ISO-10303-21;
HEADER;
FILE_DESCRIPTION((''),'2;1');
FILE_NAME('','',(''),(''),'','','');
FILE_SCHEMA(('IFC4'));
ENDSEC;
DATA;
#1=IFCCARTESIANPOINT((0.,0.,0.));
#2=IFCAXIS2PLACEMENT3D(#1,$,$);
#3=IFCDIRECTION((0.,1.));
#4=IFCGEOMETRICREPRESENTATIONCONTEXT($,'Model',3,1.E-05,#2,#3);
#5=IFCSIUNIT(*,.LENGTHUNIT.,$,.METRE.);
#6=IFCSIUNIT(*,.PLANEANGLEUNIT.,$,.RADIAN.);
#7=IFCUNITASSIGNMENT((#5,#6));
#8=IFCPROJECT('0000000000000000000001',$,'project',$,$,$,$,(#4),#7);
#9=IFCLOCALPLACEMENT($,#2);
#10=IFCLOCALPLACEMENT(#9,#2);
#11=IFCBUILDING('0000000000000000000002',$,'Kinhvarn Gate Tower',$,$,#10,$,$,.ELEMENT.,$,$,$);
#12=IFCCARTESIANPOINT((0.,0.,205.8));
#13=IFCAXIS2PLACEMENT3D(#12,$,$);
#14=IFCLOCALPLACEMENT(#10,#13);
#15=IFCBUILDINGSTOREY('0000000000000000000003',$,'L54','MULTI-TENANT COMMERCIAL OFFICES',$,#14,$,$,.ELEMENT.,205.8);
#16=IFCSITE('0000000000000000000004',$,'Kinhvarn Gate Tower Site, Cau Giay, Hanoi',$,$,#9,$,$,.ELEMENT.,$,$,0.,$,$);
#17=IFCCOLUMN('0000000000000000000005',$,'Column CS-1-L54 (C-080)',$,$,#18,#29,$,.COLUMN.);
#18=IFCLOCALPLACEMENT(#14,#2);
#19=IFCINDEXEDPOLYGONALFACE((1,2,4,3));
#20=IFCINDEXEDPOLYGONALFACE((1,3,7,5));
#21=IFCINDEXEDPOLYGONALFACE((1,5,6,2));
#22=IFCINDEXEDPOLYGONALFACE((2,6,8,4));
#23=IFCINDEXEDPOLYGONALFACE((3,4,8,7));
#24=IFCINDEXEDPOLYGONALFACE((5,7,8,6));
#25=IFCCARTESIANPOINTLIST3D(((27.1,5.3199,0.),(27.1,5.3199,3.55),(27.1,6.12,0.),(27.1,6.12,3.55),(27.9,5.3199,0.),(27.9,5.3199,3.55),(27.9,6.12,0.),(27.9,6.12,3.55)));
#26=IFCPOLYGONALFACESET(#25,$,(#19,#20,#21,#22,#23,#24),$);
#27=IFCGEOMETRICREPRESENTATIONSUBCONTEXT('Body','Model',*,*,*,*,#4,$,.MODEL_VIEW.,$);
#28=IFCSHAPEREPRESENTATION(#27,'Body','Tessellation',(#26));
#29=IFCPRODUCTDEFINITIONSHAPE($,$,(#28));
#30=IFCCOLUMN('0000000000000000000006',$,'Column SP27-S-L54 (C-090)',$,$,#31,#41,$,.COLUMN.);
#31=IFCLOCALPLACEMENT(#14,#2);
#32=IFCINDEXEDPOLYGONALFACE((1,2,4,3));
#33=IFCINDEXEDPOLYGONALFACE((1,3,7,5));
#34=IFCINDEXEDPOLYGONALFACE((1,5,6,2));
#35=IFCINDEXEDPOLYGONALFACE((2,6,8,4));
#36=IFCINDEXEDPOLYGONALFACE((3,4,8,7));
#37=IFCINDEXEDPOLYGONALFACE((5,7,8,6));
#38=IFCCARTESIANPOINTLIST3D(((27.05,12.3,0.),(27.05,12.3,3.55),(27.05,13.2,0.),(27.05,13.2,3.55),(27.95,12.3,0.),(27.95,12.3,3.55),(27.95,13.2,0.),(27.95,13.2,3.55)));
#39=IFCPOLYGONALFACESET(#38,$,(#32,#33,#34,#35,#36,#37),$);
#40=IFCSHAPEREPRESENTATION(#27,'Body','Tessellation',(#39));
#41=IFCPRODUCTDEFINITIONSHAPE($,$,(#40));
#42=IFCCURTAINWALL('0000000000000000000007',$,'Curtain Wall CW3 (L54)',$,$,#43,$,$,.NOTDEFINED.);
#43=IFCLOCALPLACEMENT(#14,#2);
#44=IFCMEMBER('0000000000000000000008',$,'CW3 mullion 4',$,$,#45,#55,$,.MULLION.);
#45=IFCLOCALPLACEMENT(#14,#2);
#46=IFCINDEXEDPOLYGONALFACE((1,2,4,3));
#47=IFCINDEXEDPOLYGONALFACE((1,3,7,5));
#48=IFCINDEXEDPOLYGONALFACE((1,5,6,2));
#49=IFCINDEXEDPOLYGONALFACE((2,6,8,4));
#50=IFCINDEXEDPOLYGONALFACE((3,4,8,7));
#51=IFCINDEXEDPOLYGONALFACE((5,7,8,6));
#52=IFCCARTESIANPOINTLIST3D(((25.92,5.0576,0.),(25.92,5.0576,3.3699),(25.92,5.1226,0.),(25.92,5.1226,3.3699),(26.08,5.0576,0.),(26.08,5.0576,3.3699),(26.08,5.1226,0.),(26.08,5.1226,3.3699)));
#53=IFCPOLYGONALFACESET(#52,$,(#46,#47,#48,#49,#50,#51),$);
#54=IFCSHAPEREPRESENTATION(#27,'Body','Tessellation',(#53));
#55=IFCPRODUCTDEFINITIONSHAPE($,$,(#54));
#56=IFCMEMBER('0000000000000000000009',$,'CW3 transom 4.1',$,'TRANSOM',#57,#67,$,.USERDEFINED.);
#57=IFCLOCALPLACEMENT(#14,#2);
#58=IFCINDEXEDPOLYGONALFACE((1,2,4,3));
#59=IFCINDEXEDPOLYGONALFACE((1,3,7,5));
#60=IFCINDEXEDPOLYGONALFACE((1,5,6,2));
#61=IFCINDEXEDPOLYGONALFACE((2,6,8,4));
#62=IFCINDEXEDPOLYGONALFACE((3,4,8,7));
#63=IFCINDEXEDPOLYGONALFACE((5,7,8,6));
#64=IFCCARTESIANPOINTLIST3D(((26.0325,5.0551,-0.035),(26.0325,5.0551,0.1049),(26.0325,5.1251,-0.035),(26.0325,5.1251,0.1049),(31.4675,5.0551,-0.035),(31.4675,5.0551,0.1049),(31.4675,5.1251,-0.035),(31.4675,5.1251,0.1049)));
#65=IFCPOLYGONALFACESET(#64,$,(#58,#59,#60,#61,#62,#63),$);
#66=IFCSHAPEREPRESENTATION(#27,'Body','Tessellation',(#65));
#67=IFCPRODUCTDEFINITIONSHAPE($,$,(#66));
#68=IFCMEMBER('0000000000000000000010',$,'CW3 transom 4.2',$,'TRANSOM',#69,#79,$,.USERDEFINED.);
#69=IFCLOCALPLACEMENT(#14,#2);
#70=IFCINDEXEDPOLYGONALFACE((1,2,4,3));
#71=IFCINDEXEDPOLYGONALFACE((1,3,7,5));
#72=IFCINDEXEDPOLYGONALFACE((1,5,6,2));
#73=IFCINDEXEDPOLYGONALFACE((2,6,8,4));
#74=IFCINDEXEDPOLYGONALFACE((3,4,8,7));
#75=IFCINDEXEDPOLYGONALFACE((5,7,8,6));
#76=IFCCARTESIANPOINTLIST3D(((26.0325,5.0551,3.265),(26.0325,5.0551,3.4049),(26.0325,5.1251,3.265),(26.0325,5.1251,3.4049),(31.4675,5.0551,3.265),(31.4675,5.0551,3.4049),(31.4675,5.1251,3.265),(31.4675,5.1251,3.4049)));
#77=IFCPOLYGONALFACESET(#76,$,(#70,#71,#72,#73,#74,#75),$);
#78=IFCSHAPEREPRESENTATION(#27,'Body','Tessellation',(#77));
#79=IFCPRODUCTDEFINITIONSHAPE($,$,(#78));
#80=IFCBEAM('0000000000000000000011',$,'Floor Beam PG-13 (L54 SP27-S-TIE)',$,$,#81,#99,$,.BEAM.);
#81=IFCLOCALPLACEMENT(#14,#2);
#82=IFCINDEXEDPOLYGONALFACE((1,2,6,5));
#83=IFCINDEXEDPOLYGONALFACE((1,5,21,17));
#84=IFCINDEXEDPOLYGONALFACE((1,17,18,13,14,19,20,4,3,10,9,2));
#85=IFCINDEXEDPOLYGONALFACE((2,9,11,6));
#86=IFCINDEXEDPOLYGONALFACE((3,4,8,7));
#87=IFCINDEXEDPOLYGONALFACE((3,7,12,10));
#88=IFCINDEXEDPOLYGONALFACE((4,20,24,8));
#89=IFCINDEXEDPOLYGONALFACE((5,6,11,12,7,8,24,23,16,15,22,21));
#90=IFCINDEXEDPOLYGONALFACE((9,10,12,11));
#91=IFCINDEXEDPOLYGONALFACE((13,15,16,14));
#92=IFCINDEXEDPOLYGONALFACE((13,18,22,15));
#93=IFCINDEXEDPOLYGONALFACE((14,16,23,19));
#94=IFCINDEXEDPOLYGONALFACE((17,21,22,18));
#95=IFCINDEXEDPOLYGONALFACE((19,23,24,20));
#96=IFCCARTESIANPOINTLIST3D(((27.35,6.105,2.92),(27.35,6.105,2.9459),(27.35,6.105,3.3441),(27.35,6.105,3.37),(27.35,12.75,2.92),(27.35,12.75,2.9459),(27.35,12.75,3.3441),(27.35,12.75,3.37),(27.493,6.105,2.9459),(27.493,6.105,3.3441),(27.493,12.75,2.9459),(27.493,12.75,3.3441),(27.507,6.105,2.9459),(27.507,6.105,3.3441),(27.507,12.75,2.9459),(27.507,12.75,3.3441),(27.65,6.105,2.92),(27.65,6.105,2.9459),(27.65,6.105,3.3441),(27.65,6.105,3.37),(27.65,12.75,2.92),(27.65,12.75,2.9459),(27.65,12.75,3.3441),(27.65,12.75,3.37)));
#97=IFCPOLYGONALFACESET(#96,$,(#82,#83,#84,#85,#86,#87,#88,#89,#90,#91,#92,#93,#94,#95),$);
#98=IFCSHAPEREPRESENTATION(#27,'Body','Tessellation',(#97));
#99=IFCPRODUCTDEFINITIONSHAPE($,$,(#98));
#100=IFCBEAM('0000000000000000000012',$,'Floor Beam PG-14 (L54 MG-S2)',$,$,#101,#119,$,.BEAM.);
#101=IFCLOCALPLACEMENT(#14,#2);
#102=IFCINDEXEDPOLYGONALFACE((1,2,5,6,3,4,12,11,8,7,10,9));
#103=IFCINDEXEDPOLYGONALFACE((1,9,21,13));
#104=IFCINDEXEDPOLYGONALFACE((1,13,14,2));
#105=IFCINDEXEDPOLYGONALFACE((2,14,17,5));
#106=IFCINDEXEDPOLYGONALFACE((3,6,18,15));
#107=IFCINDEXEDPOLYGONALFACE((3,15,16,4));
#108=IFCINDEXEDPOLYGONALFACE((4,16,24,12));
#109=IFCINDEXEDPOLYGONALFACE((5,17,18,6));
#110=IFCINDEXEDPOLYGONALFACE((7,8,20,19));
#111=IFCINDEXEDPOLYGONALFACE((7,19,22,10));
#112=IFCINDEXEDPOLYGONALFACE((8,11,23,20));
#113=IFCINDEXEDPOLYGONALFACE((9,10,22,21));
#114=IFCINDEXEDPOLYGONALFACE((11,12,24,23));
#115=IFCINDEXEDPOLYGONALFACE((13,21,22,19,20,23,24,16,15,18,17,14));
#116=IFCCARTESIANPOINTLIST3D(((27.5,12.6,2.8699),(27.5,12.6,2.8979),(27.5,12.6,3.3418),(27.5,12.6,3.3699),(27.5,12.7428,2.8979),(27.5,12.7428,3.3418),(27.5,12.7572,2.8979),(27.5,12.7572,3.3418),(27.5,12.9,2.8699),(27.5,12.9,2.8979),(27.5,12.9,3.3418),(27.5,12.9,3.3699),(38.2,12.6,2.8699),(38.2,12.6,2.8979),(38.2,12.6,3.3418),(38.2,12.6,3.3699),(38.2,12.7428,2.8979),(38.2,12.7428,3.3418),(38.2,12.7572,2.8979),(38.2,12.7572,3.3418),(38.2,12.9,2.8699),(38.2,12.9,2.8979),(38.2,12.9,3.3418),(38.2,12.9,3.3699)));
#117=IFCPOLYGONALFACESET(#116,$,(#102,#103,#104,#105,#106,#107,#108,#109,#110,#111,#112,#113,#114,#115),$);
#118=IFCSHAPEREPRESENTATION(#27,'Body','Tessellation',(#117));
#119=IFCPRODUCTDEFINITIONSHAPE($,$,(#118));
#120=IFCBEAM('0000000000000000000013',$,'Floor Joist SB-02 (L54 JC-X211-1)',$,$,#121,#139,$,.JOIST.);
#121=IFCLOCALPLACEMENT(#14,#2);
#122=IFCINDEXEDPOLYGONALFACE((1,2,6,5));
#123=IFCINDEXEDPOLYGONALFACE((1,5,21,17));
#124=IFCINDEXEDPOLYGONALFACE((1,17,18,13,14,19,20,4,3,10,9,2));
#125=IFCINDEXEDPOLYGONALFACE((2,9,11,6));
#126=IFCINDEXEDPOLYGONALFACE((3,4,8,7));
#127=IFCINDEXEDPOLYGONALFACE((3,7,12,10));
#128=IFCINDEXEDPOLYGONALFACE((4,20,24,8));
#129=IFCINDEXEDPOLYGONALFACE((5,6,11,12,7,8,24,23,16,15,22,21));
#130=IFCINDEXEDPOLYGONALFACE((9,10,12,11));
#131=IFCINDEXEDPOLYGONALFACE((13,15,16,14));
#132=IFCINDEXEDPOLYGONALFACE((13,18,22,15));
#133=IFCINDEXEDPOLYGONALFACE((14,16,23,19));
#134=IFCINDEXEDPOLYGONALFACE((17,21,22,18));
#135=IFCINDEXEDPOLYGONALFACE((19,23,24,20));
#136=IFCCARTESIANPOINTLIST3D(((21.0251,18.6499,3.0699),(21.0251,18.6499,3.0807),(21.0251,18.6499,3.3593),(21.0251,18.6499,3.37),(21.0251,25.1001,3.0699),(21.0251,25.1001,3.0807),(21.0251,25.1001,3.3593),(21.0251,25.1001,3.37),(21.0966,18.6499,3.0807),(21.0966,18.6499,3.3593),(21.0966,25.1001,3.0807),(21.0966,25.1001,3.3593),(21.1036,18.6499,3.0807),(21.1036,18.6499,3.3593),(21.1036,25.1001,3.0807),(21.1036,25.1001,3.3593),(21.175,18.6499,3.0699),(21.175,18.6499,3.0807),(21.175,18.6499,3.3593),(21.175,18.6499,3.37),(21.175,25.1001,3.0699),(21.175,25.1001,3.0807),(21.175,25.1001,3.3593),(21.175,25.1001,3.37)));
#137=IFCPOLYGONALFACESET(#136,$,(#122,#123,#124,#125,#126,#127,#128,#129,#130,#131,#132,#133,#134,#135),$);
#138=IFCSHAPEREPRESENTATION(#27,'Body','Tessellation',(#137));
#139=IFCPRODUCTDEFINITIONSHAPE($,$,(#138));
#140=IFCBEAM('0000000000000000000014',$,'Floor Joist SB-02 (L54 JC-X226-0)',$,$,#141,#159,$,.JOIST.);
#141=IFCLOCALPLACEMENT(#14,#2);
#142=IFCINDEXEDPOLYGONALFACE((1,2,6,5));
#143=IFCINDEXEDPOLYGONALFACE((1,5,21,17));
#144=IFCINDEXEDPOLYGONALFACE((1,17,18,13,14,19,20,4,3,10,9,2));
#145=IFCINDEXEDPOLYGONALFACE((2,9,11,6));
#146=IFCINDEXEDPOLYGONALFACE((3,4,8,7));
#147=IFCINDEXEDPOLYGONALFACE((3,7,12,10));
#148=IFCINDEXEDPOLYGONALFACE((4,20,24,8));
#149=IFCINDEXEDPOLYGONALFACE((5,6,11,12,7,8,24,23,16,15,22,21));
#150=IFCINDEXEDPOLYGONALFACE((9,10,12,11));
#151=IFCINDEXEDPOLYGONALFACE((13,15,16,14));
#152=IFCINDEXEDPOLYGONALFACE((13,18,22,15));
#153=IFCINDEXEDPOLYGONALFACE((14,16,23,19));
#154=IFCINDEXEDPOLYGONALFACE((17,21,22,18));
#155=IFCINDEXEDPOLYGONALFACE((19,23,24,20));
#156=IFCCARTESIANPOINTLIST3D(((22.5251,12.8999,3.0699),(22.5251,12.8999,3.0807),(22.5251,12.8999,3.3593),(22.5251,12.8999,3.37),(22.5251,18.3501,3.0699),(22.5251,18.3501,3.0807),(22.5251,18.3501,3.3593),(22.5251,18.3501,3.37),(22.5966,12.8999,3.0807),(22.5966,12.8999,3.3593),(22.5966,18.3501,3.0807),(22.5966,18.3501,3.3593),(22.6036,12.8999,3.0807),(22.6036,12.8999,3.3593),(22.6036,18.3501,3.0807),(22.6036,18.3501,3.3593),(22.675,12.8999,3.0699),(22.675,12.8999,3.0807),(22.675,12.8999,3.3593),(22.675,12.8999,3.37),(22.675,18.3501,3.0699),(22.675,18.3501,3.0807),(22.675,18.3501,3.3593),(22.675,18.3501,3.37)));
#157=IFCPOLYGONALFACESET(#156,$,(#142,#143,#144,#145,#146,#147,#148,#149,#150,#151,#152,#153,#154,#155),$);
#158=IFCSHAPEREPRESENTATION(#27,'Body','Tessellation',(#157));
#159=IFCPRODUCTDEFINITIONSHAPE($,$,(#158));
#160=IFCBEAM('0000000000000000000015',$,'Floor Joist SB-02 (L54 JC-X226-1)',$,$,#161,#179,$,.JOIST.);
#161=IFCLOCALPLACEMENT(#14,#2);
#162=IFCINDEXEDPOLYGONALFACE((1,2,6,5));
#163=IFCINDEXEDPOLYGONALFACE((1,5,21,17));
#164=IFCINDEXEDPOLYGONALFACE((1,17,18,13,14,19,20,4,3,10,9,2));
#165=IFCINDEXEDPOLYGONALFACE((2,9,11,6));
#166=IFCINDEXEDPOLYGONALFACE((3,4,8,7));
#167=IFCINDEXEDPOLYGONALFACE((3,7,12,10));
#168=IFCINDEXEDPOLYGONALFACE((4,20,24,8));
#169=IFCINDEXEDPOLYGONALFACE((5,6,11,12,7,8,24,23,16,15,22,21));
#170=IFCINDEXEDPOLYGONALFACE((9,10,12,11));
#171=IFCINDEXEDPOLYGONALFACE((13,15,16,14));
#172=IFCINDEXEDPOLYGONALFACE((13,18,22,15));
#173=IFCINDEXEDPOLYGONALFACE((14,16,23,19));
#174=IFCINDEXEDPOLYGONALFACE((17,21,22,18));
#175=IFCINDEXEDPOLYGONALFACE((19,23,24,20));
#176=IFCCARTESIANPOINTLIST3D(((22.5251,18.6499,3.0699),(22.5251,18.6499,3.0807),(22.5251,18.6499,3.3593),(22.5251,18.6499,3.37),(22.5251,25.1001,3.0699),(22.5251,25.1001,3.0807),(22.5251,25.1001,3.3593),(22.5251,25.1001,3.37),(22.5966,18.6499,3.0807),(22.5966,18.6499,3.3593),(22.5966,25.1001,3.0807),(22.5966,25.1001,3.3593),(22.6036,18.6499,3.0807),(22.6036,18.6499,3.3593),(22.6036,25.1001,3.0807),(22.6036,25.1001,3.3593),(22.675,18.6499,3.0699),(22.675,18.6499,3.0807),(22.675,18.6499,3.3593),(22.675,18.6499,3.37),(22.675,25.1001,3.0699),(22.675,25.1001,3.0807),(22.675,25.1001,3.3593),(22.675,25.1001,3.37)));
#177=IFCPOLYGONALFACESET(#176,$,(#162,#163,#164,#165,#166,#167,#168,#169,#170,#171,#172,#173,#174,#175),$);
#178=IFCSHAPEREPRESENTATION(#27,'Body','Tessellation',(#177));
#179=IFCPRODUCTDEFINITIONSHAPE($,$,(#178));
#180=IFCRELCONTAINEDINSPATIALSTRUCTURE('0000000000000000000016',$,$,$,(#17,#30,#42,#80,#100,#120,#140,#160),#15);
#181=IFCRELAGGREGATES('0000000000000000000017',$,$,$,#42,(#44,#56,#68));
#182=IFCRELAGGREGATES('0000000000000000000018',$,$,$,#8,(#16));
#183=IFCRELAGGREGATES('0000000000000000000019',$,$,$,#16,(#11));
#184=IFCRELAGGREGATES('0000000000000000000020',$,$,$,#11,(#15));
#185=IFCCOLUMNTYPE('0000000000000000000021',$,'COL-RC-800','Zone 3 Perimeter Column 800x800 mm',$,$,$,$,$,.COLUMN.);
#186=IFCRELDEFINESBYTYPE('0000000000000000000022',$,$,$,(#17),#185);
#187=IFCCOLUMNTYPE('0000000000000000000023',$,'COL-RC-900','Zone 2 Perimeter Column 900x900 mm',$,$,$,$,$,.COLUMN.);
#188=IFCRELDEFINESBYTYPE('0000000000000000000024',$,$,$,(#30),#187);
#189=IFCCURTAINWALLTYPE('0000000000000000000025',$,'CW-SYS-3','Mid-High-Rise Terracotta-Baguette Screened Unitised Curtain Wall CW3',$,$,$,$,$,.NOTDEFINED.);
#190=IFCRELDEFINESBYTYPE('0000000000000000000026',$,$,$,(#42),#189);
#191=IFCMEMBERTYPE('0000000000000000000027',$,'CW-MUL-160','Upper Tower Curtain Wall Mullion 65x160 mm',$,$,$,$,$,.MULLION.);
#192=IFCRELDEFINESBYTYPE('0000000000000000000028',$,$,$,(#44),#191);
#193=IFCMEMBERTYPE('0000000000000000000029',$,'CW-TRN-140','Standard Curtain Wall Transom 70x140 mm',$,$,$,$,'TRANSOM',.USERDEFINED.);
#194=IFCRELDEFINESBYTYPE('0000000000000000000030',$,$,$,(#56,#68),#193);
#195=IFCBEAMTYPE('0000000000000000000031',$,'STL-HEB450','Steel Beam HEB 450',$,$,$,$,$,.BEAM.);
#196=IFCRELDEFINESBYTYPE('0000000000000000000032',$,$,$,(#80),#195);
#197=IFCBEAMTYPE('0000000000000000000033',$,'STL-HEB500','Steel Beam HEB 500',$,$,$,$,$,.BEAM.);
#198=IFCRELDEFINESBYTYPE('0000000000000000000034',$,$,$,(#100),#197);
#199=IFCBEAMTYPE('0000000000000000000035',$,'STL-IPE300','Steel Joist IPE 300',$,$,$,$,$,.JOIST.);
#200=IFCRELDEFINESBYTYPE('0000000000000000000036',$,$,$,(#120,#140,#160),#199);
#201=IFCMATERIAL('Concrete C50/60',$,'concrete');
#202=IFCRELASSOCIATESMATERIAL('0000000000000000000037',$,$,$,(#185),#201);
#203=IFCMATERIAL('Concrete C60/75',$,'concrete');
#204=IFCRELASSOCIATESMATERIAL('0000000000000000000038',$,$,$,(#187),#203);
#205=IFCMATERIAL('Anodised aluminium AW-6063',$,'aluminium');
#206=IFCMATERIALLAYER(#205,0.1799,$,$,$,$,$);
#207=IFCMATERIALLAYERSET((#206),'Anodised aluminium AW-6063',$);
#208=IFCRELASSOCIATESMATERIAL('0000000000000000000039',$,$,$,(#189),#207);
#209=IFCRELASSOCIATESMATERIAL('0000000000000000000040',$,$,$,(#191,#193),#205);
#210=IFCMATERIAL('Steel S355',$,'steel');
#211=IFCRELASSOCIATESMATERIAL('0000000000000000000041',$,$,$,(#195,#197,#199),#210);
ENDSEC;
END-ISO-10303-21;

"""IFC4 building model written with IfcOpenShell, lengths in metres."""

from ifc_helpers import new_model, si_unit, direction, frame, origin, origin_2d, place, context, subcontext, project, spatial, rectangle, i_section, extrude, material, layer, layer_set, material_profile, profile_set, type_object, element, aggregate, save


model = new_model("IFC4")

# Units and contexts
model_context = context("Model", 3, precision=1e-05, world=origin(), true_north=direction((0.0, 1.0)))
body_context = subcontext(model_context, "Body", "Model", "MODEL_VIEW")
ifc_project = project(units=[si_unit("LENGTHUNIT", "METRE"), si_unit("PLANEANGLEUNIT", "RADIAN")], contexts=[model_context])

# Site, building, storey
site_placement = place(None, origin())
site = spatial("IfcSite", under=ifc_project, at=site_placement, Name="Kinhvarn Gate Tower Site, Cau Giay, Hanoi", CompositionType="ELEMENT", RefElevation=0.0)
building_placement = place(site_placement, origin())
building = spatial("IfcBuilding", under=site, at=building_placement, Name="Kinhvarn Gate Tower", CompositionType="ELEMENT")
storey_placement = place(building_placement, frame((0.0, 0.0, 205.8)))
storey = spatial("IfcBuildingStorey", under=building, at=storey_placement, Name="L54", Description="MULTI-TENANT COMMERCIAL OFFICES", CompositionType="ELEMENT", Elevation=205.8)

# Columns
ifc_material_1 = material(Name="Concrete C50/60", Category="concrete")
ifc_material_profile_1 = material_profile(ifc_material_1, rectangle(XDim=0.8, YDim=0.8, at=origin_2d()), Name="RC 800x800")
ifc_profile_set_1 = profile_set([ifc_material_profile_1], Name="Concrete C50/60")
column_type_1 = type_object("IfcColumnType", Name="COL-RC-800", Description="Zone 3 Perimeter Column 800x800 mm", PredefinedType="COLUMN", material=ifc_profile_set_1)
column_1_placement = place(storey_placement, frame((27.5, 5.72, 0.0), z_axis=(0.0, 0.0, 1.0), x_axis=(1.0, 0.0, 0.0)))
element("IfcColumn", 1, at=column_1_placement, inside=storey, type_object=column_type_1, Name="Column CS-1-L54 (C-080)", PredefinedType="COLUMN", context=body_context, shape_type="SweptSolid", body=[
    extrude(rectangle(XDim=0.8, YDim=0.8, at=origin_2d()), origin(), (0.0, 0.0, 1.0), 3.55),
])
ifc_material_2 = material(Name="Concrete C60/75", Category="concrete")
ifc_material_profile_2 = material_profile(ifc_material_2, rectangle(XDim=0.8999, YDim=0.8999, at=origin_2d()), Name="RC 900x900")
ifc_profile_set_2 = profile_set([ifc_material_profile_2], Name="Concrete C60/75")
column_type_2 = type_object("IfcColumnType", Name="COL-RC-900", Description="Zone 2 Perimeter Column 900x900 mm", PredefinedType="COLUMN", material=ifc_profile_set_2)
column_2_placement = place(storey_placement, frame((27.5, 12.75, 0.0), z_axis=(0.0, 0.0, 1.0), x_axis=(1.0, 0.0, 0.0)))
element("IfcColumn", 2, at=column_2_placement, inside=storey, type_object=column_type_2, Name="Column SP27-S-L54 (C-090)", PredefinedType="COLUMN", context=body_context, shape_type="SweptSolid", body=[
    extrude(rectangle(XDim=0.8999, YDim=0.8999, at=origin_2d()), origin(), (0.0, 0.0, 1.0), 3.55),
])

# Curtain wall, members
ifc_material_3 = material(Name="Anodised aluminium AW-6063", Category="aluminium")
ifc_layer_1 = layer(ifc_material_3, 0.1799)
ifc_layer_set_1 = layer_set([ifc_layer_1], Name="Anodised aluminium AW-6063")
curtain_wall_type = type_object("IfcCurtainWallType", Name="CW-SYS-3", Description="Mid-High-Rise Terracotta-Baguette Screened Unitised Curtain Wall CW3", PredefinedType="NOTDEFINED", material=ifc_layer_set_1)
curtain_wall_placement = place(storey_placement, origin())
curtain_wall = element("IfcCurtainWall", 3, at=curtain_wall_placement, inside=storey, type_object=curtain_wall_type, Name="Curtain Wall CW3 (L54)", PredefinedType="NOTDEFINED")
ifc_material_profile_3 = material_profile(ifc_material_3, rectangle(XDim=0.0649, YDim=0.1599, at=origin_2d()), Name="ALU 65x160")
ifc_profile_set_3 = profile_set([ifc_material_profile_3], Name="Anodised aluminium AW-6063")
member_type_1 = type_object("IfcMemberType", Name="CW-MUL-160", Description="Upper Tower Curtain Wall Mullion 65x160 mm", PredefinedType="MULLION", material=ifc_profile_set_3)
member_1_placement = place(storey_placement, frame((26.0, 5.0901, 0.0), z_axis=(0.0, 0.0, 1.0), x_axis=(0.0, 1.0, 0.0)))
member_1 = element("IfcMember", 4, at=member_1_placement, type_object=member_type_1, Name="CW3 mullion 4", PredefinedType="MULLION", context=body_context, shape_type="SweptSolid", body=[
    extrude(rectangle(XDim=0.0649, YDim=0.1599, at=origin_2d()), origin(), (0.0, 0.0, 1.0), 3.3699),
])
ifc_material_profile_4 = material_profile(ifc_material_3, rectangle(XDim=0.0701, YDim=0.1399, at=origin_2d()), Name="ALU 70x140")
ifc_profile_set_4 = profile_set([ifc_material_profile_4], Name="Anodised aluminium AW-6063")
member_type_2 = type_object("IfcMemberType", Name="CW-TRN-140", Description="Standard Curtain Wall Transom 70x140 mm", ElementType="TRANSOM", PredefinedType="USERDEFINED", material=ifc_profile_set_4)
member_2_placement = place(storey_placement, frame((26.0325, 5.0901, 0.0349), z_axis=(1.0, 0.0, 0.0), x_axis=(0.0, 1.0, 0.0)))
member_2 = element("IfcMember", 5, at=member_2_placement, type_object=member_type_2, Name="CW3 transom 4.1", ObjectType="TRANSOM", PredefinedType="USERDEFINED", context=body_context, shape_type="SweptSolid", body=[
    extrude(rectangle(XDim=0.0701, YDim=0.1399, at=origin_2d()), origin(), (0.0, 0.0, 1.0), 5.4351),
])
member_3_placement = place(storey_placement, frame((26.0325, 5.0901, 3.335), z_axis=(1.0, 0.0, 0.0), x_axis=(0.0, 1.0, 0.0)))
member_3 = element("IfcMember", 6, at=member_3_placement, type_object=member_type_2, Name="CW3 transom 4.2", ObjectType="TRANSOM", PredefinedType="USERDEFINED", context=body_context, shape_type="SweptSolid", body=[
    extrude(rectangle(XDim=0.0701, YDim=0.1399, at=origin_2d()), origin(), (0.0, 0.0, 1.0), 5.4351),
])

# Beams
ifc_material_4 = material(Name="Steel S355", Category="steel")
ifc_material_profile_5 = material_profile(ifc_material_4, i_section(OverallWidth=0.3, OverallDepth=0.45, WebThickness=0.0139, FlangeThickness=0.0259, at=origin_2d()), Name="HEB 450")
ifc_profile_set_5 = profile_set([ifc_material_profile_5], Name="Steel S355")
beam_type_1 = type_object("IfcBeamType", Name="STL-HEB450", Description="Steel Beam HEB 450", PredefinedType="BEAM", material=ifc_profile_set_5)
beam_1_placement = place(storey_placement, frame((27.5, 6.105, 3.145), z_axis=(0.0, 1.0, 0.0), x_axis=(-1.0, 0.0, 0.0)))
element("IfcBeam", 7, at=beam_1_placement, inside=storey, type_object=beam_type_1, Name="Floor Beam PG-13 (L54 SP27-S-TIE)", PredefinedType="BEAM", context=body_context, shape_type="SweptSolid", body=[
    extrude(i_section(OverallWidth=0.3, OverallDepth=0.45, WebThickness=0.0139, FlangeThickness=0.0259, at=origin_2d()), origin(), (0.0, 0.0, 1.0), 6.645),
])
ifc_material_profile_6 = material_profile(ifc_material_4, i_section(OverallWidth=0.3, OverallDepth=0.5, WebThickness=0.0144, FlangeThickness=0.0281, at=origin_2d()), Name="HEB 500")
ifc_profile_set_6 = profile_set([ifc_material_profile_6], Name="Steel S355")
beam_type_2 = type_object("IfcBeamType", Name="STL-HEB500", Description="Steel Beam HEB 500", PredefinedType="BEAM", material=ifc_profile_set_6)
beam_2_placement = place(storey_placement, frame((27.5, 12.75, 3.1199), z_axis=(1.0, 0.0, 0.0), x_axis=(0.0, 1.0, 0.0)))
element("IfcBeam", 8, at=beam_2_placement, inside=storey, type_object=beam_type_2, Name="Floor Beam PG-14 (L54 MG-S2)", PredefinedType="BEAM", context=body_context, shape_type="SweptSolid", body=[
    extrude(i_section(OverallWidth=0.3, OverallDepth=0.5, WebThickness=0.0144, FlangeThickness=0.0281, at=origin_2d()), origin(), (0.0, 0.0, 1.0), 10.7),
])
ifc_material_profile_7 = material_profile(ifc_material_4, i_section(OverallWidth=0.1499, OverallDepth=0.3, WebThickness=0.0071, FlangeThickness=0.0107, at=origin_2d()), Name="IPE 300")
ifc_profile_set_7 = profile_set([ifc_material_profile_7], Name="Steel S355")
beam_type_3 = type_object("IfcBeamType", Name="STL-IPE300", Description="Steel Joist IPE 300", PredefinedType="JOIST", material=ifc_profile_set_7)
beam_3_placement = place(storey_placement, frame((21.1001, 18.6499, 3.22), z_axis=(0.0, 1.0, 0.0), x_axis=(-1.0, 0.0, 0.0)))
element("IfcBeam", 9, at=beam_3_placement, inside=storey, type_object=beam_type_3, Name="Floor Joist SB-02 (L54 JC-X211-1)", PredefinedType="JOIST", context=body_context, shape_type="SweptSolid", body=[
    extrude(i_section(OverallWidth=0.1499, OverallDepth=0.3, WebThickness=0.0071, FlangeThickness=0.0107, at=origin_2d()), origin(), (0.0, 0.0, 1.0), 6.4502),
])
beam_4_placement = place(storey_placement, frame((22.6001, 12.8999, 3.22), z_axis=(0.0, 1.0, 0.0), x_axis=(-1.0, 0.0, 0.0)))
element("IfcBeam", 10, at=beam_4_placement, inside=storey, type_object=beam_type_3, Name="Floor Joist SB-02 (L54 JC-X226-0)", PredefinedType="JOIST", context=body_context, shape_type="SweptSolid", body=[
    extrude(i_section(OverallWidth=0.1499, OverallDepth=0.3, WebThickness=0.0071, FlangeThickness=0.0107, at=origin_2d()), origin(), (0.0, 0.0, 1.0), 5.4502),
])
beam_5_placement = place(storey_placement, frame((22.6001, 18.6499, 3.22), z_axis=(0.0, 1.0, 0.0), x_axis=(-1.0, 0.0, 0.0)))
element("IfcBeam", 11, at=beam_5_placement, inside=storey, type_object=beam_type_3, Name="Floor Joist SB-02 (L54 JC-X226-1)", PredefinedType="JOIST", context=body_context, shape_type="SweptSolid", body=[
    extrude(i_section(OverallWidth=0.1499, OverallDepth=0.3, WebThickness=0.0071, FlangeThickness=0.0107, at=origin_2d()), origin(), (0.0, 0.0, 1.0), 6.4502),
])

aggregate(curtain_wall, [member_1, member_2, member_3])

save(model, "model.ifc")
